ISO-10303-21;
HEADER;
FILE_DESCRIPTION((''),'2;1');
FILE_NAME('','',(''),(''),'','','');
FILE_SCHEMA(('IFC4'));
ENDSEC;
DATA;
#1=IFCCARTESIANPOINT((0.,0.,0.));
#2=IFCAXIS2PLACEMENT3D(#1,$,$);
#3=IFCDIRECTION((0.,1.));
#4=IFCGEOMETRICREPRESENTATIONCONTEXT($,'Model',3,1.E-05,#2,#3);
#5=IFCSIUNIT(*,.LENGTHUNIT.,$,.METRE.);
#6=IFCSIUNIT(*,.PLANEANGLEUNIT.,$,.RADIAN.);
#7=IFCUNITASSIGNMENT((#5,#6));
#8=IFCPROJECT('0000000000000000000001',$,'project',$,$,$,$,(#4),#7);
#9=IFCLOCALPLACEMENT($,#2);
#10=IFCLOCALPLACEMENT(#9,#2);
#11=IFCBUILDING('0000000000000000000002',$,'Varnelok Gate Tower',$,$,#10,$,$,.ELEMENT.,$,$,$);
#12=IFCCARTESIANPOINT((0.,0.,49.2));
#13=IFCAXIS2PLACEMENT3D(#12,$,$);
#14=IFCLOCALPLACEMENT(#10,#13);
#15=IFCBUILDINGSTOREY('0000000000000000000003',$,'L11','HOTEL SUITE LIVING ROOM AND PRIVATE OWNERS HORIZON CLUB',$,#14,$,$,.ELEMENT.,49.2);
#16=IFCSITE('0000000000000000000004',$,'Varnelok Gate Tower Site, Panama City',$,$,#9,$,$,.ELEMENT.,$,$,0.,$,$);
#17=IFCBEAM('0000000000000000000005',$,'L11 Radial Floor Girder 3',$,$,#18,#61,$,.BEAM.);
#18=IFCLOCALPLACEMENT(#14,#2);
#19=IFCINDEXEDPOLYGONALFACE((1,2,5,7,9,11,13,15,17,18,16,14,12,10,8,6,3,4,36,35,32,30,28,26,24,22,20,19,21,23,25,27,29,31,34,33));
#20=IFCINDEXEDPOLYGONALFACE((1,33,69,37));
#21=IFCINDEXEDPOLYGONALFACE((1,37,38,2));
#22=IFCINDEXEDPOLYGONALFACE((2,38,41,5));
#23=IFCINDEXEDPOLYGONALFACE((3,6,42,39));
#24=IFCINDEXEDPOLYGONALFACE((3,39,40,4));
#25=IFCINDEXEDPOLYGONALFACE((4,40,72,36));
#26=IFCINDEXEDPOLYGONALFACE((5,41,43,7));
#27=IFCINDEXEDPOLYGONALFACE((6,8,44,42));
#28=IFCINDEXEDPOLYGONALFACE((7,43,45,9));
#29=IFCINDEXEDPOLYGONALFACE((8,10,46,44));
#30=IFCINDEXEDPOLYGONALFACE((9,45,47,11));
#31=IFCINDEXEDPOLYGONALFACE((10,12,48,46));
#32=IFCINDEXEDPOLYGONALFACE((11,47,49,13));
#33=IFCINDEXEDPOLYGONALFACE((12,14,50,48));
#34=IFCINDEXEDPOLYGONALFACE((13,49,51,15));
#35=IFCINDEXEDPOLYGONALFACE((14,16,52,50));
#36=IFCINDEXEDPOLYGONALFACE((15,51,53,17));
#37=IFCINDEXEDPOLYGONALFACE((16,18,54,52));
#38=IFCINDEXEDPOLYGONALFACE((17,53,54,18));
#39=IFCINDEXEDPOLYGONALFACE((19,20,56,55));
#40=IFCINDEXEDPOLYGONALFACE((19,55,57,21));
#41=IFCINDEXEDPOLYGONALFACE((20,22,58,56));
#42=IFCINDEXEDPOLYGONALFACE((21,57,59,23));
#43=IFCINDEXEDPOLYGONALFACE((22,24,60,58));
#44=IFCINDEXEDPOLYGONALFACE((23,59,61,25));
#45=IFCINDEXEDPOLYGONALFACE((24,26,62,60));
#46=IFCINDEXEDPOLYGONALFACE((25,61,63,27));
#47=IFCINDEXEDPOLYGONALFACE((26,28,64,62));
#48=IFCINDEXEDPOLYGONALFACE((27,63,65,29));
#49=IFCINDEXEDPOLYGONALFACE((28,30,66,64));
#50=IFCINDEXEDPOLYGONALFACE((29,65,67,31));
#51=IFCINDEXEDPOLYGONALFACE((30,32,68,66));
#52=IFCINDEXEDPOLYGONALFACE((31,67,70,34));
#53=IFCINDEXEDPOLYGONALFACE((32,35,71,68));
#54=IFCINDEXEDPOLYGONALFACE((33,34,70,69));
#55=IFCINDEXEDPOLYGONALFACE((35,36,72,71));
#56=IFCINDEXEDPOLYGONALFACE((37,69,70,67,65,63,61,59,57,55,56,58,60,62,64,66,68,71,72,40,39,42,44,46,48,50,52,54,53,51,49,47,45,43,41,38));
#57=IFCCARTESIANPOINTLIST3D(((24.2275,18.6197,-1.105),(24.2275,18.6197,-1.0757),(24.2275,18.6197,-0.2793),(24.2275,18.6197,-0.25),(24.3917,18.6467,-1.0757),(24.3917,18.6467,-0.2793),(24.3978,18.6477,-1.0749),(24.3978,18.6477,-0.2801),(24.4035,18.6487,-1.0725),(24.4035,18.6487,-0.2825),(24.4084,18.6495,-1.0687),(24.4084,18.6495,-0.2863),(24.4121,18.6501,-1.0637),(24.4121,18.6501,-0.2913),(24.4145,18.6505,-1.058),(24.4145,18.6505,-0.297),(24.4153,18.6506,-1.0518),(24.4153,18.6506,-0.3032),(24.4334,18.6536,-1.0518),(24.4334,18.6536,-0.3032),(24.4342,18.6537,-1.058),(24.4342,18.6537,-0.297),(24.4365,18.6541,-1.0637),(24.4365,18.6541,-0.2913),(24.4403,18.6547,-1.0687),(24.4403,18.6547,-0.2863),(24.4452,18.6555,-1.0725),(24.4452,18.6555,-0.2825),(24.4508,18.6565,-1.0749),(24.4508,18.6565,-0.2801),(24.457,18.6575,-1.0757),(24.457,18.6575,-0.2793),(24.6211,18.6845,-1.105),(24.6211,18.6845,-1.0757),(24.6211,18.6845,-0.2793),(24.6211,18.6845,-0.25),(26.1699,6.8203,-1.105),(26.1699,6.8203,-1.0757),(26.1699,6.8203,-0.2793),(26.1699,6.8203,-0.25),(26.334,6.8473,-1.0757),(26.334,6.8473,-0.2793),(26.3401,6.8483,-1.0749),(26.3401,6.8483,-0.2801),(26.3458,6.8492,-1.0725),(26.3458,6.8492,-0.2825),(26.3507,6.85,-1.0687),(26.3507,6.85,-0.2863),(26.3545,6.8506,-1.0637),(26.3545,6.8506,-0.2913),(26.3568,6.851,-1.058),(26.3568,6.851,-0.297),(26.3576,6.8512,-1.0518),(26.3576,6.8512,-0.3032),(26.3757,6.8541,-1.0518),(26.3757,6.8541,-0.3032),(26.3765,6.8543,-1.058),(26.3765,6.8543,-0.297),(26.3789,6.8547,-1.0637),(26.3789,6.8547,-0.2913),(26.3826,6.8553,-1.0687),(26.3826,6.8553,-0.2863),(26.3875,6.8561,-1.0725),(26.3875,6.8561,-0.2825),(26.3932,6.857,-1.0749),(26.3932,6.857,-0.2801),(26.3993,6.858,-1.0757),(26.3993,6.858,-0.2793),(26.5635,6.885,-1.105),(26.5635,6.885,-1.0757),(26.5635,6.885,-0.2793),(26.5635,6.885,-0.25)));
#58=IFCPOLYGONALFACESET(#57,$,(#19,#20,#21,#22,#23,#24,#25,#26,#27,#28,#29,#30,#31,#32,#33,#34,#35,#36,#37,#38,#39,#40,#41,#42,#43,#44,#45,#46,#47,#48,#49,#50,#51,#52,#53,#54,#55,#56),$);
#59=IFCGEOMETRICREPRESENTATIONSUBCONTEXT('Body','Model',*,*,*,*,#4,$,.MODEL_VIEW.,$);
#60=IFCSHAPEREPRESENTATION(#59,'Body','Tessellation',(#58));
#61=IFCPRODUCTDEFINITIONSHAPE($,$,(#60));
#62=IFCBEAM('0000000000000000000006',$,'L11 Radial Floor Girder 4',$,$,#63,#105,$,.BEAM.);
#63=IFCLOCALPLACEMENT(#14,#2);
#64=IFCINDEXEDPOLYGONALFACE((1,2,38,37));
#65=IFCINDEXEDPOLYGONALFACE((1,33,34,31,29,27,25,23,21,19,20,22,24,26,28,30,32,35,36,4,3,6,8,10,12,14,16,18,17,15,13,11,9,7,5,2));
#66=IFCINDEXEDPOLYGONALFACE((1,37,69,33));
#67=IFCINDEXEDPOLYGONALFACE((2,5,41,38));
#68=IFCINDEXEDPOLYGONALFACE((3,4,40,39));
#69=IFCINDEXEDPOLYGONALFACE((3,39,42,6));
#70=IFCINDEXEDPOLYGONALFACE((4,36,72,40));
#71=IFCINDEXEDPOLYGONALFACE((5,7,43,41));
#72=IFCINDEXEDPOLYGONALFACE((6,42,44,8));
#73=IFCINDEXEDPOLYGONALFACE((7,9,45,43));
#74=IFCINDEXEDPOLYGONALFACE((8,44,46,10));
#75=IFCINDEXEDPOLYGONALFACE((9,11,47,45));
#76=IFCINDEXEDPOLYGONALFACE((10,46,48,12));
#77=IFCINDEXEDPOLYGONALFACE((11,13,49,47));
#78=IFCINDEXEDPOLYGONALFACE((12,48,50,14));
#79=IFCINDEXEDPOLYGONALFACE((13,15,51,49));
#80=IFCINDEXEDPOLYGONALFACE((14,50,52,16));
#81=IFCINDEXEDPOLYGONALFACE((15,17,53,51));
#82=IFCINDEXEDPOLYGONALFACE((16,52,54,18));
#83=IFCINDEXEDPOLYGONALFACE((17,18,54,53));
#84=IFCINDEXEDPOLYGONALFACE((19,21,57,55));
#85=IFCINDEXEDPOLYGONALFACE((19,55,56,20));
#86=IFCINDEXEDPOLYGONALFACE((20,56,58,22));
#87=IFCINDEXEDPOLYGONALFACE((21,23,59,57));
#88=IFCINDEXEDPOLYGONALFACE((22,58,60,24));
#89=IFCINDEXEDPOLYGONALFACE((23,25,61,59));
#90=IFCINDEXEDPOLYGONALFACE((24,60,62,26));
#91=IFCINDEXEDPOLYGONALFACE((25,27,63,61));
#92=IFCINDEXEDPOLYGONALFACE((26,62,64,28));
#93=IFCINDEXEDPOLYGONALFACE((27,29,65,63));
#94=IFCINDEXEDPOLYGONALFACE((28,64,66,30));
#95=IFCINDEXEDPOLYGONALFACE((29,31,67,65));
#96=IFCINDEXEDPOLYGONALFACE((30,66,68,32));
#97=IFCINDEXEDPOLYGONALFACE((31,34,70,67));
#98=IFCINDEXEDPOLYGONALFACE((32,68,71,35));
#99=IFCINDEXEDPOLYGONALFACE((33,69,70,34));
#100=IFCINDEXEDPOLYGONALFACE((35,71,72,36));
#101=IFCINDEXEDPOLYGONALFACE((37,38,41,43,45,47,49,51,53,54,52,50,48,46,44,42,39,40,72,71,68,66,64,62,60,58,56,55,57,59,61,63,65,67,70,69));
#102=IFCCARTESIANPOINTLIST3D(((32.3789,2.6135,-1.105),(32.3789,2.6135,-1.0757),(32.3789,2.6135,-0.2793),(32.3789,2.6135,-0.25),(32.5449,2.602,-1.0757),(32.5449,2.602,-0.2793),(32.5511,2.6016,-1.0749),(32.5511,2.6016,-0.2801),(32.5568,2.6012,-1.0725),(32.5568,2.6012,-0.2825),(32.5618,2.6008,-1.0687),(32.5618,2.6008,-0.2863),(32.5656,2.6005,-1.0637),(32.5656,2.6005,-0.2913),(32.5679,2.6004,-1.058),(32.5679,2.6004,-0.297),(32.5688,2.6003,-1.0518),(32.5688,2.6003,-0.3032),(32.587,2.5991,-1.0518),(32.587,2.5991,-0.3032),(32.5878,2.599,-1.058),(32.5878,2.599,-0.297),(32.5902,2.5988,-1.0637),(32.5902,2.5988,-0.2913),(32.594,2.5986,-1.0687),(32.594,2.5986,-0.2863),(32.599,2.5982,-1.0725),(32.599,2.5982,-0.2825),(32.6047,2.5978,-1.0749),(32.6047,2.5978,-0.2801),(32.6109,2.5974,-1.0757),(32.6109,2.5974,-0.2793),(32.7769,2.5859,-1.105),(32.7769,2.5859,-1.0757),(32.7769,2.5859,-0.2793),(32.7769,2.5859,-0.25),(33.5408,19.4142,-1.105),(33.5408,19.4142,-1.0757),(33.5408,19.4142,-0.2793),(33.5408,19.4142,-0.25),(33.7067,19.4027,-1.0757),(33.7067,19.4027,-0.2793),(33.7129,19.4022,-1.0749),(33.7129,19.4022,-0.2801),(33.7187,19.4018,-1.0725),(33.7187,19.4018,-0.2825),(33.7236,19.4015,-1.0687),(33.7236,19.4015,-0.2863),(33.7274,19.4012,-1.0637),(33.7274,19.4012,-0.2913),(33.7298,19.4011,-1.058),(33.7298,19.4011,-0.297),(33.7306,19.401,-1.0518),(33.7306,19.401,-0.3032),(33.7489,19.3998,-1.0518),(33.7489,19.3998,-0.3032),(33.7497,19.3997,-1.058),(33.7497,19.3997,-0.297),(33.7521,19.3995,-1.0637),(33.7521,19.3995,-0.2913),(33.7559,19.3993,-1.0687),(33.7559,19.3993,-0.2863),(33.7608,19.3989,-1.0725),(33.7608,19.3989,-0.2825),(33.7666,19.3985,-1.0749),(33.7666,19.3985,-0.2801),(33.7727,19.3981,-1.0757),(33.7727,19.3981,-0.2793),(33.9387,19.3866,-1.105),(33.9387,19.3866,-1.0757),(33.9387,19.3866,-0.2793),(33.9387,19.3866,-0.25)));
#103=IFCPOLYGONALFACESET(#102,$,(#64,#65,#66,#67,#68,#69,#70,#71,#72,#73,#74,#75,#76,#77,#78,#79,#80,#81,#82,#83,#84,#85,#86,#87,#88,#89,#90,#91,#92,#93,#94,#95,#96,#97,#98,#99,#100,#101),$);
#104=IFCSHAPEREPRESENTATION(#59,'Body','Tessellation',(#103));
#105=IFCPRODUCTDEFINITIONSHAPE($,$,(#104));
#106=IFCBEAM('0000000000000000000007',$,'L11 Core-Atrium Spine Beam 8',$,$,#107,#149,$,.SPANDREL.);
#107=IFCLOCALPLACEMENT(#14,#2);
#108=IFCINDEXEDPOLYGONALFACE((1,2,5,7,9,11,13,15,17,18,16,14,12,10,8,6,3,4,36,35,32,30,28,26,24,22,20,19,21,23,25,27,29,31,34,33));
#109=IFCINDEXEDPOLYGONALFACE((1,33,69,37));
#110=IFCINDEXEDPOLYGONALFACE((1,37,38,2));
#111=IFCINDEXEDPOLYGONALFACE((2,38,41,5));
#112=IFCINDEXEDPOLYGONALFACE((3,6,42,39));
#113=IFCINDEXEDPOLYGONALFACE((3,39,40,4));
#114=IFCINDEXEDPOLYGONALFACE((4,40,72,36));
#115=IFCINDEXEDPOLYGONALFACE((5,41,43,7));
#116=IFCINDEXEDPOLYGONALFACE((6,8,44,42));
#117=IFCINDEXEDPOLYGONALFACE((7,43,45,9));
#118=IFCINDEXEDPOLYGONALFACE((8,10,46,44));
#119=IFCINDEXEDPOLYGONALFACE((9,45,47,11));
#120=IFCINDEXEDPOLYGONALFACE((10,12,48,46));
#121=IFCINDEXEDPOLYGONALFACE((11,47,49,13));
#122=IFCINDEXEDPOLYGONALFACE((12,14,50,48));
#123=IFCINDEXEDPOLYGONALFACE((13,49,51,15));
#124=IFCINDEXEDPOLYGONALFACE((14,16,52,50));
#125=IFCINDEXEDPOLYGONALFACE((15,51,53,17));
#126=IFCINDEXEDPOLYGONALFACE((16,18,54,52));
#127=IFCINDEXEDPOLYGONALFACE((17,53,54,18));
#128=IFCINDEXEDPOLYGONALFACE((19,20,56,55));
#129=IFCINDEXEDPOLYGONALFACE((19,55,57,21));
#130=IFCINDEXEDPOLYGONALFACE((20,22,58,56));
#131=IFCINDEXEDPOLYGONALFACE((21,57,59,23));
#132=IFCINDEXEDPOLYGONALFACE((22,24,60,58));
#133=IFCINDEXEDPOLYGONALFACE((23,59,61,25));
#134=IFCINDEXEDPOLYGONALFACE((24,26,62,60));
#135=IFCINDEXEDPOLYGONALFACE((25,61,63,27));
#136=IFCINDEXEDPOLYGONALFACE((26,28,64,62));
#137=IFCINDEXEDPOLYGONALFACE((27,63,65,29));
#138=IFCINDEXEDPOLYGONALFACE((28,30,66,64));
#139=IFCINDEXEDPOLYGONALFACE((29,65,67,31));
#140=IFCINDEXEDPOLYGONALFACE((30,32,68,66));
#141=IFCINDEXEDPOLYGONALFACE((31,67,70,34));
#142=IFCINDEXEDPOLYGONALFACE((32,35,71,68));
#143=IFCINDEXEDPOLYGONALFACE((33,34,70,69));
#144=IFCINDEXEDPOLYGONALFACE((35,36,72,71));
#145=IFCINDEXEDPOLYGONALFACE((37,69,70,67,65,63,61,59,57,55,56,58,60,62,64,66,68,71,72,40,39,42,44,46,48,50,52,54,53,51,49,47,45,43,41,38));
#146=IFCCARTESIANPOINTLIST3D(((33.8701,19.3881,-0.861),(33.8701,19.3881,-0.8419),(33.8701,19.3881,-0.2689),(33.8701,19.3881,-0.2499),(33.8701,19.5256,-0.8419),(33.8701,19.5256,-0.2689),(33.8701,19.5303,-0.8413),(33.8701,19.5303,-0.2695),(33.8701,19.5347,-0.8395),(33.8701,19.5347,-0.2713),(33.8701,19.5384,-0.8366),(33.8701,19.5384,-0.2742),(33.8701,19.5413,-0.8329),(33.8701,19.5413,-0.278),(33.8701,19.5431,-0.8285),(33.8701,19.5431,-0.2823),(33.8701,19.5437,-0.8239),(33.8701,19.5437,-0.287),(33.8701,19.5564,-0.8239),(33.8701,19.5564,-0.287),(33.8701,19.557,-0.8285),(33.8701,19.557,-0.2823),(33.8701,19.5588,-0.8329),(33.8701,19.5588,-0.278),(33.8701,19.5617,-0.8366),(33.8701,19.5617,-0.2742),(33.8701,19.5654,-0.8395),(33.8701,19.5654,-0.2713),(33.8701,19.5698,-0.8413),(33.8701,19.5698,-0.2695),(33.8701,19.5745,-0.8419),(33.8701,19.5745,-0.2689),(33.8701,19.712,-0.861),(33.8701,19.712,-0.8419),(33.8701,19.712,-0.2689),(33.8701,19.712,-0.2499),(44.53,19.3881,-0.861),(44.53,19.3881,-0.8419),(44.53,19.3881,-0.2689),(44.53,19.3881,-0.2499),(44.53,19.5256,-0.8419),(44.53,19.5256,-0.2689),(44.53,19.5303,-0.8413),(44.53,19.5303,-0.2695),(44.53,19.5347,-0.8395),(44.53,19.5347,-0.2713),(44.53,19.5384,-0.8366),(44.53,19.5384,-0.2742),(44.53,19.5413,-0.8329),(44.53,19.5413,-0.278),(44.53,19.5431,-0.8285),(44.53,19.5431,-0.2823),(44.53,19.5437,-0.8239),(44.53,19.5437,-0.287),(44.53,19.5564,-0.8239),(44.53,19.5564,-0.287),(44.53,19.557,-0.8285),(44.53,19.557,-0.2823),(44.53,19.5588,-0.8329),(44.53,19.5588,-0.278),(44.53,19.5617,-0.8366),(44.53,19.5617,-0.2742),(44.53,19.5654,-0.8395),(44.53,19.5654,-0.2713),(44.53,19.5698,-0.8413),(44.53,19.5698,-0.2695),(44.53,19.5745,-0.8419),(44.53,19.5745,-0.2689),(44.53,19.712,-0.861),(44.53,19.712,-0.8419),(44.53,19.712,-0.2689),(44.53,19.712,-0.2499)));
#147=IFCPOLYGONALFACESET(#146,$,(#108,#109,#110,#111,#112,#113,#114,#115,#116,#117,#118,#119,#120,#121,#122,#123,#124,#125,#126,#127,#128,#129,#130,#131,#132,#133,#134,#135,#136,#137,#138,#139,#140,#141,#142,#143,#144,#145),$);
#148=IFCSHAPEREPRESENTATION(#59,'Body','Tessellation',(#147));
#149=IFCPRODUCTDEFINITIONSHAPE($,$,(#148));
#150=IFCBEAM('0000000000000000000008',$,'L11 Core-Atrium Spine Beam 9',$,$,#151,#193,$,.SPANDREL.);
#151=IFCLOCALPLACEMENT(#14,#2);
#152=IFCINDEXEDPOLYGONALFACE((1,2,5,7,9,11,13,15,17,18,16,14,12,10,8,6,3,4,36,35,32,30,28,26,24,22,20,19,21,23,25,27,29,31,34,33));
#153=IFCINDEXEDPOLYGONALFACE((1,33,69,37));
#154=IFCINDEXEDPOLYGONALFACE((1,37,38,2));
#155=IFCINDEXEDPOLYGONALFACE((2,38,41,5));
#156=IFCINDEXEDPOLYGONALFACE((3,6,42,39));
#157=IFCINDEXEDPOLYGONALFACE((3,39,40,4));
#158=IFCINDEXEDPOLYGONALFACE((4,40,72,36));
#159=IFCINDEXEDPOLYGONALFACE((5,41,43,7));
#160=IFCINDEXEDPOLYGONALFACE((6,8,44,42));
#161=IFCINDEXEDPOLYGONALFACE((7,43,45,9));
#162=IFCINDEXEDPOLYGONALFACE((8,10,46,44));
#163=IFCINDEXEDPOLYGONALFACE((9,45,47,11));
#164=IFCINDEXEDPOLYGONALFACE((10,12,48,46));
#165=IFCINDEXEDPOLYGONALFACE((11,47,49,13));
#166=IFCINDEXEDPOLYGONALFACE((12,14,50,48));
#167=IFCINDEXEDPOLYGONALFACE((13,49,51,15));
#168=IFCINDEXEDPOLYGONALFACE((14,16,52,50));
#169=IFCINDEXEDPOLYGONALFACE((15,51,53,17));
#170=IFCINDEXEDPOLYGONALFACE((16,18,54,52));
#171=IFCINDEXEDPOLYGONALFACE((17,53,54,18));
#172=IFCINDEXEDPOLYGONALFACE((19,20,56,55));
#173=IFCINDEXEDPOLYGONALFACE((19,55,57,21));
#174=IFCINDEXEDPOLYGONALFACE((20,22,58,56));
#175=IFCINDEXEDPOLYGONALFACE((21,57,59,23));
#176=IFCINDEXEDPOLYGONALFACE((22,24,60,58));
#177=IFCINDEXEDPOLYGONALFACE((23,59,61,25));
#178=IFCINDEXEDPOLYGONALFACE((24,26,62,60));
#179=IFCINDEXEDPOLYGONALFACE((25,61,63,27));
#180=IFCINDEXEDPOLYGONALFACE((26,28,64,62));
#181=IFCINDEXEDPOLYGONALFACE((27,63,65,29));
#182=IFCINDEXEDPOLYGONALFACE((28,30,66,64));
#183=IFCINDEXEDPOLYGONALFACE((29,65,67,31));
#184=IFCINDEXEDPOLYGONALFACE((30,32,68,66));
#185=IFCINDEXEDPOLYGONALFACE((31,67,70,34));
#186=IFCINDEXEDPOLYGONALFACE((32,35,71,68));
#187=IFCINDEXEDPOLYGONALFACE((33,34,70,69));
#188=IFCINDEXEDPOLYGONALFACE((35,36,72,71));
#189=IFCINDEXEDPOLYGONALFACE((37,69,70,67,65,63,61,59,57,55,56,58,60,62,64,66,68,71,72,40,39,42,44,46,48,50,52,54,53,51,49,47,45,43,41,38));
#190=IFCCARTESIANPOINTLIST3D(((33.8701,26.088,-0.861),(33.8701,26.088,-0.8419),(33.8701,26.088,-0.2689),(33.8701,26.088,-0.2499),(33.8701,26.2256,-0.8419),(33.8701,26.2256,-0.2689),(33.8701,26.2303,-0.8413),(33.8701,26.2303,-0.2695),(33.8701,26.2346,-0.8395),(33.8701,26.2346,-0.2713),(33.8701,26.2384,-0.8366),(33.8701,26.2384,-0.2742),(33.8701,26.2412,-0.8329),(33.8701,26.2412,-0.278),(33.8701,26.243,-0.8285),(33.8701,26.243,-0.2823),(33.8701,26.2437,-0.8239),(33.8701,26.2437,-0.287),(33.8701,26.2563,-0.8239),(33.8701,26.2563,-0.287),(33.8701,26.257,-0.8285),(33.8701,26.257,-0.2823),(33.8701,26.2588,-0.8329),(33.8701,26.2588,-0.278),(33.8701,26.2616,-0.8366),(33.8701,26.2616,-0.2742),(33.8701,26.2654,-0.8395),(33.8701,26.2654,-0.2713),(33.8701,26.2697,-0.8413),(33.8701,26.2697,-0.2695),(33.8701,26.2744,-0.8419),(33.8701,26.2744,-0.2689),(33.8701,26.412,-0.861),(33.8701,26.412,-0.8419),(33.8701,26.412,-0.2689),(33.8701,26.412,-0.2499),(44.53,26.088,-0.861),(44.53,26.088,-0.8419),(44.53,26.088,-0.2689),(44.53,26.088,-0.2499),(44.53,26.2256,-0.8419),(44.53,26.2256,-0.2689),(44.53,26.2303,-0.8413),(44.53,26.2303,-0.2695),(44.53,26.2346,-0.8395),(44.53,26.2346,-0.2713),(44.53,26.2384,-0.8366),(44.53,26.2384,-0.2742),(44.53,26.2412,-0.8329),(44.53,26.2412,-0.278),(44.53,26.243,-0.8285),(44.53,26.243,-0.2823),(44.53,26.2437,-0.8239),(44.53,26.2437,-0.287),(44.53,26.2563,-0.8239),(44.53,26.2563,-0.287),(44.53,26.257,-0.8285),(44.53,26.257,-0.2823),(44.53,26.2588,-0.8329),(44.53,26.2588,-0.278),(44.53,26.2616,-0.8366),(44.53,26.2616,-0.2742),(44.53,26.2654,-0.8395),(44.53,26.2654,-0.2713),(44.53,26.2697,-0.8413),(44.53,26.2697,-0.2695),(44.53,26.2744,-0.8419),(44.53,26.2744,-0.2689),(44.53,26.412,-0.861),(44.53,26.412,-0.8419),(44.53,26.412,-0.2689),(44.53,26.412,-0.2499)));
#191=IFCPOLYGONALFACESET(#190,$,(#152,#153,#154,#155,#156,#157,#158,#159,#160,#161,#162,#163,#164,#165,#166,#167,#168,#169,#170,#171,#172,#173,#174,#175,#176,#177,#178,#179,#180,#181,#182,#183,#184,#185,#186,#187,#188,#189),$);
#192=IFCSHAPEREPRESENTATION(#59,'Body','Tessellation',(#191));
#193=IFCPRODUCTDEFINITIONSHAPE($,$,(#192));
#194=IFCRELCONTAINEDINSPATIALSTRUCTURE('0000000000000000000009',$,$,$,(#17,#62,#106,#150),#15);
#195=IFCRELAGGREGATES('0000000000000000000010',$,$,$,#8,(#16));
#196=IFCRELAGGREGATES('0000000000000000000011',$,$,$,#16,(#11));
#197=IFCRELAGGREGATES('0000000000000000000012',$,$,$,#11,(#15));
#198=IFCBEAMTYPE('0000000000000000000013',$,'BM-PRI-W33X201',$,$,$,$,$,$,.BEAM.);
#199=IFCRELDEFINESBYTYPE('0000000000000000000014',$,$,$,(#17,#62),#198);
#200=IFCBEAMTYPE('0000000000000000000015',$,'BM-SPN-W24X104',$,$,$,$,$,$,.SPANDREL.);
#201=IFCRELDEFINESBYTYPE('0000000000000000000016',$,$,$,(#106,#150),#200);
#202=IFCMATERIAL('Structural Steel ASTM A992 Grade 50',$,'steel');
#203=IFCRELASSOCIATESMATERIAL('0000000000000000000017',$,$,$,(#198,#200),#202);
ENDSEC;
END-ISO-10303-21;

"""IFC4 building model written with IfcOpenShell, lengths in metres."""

from ifc_helpers import new_model, si_unit, direction, frame, origin, origin_2d, place, context, subcontext, project, spatial, i_section, extrude, material, material_profile, profile_set, type_object, element, save


model = new_model("IFC4")

# Units and contexts
model_context = context("Model", 3, precision=1e-05, world=origin(), true_north=direction((0.0, 1.0)))
body_context = subcontext(model_context, "Body", "Model", "MODEL_VIEW")
ifc_project = project(units=[si_unit("LENGTHUNIT", "METRE"), si_unit("PLANEANGLEUNIT", "RADIAN")], contexts=[model_context])

# Site, building, storey
site_placement = place(None, origin())
site = spatial("IfcSite", under=ifc_project, at=site_placement, Name="Varnelok Gate Tower Site, Panama City", CompositionType="ELEMENT", RefElevation=0.0)
building_placement = place(site_placement, origin())
building = spatial("IfcBuilding", under=site, at=building_placement, Name="Varnelok Gate Tower", CompositionType="ELEMENT")
storey_placement = place(building_placement, frame((0.0, 0.0, 49.2)))
storey = spatial("IfcBuildingStorey", under=building, at=storey_placement, Name="L11", Description="HOTEL SUITE LIVING ROOM AND PRIVATE OWNERS HORIZON CLUB", CompositionType="ELEMENT", Elevation=49.2)

# Shared definitions
ifc_material_1 = material(Name="Structural Steel ASTM A992 Grade 50", Category="steel")

# Beams
ifc_material_profile_1 = material_profile(ifc_material_1, i_section(OverallWidth=0.3989, OverallDepth=0.855, WebThickness=0.0183, FlangeThickness=0.0293, FilletRadius=0.0239, at=origin_2d()), Name="W33X201")
ifc_profile_set_1 = profile_set([ifc_material_profile_1], Name="Structural Steel ASTM A992 Grade 50")
beam_type_1 = type_object("IfcBeamType", Name="BM-PRI-W33X201", PredefinedType="BEAM", material=ifc_profile_set_1)
beam_1_placement = place(storey_placement, frame((24.4243, 18.6521, -0.6775), z_axis=(0.162429, -0.98672, 0.0), x_axis=(0.98672, 0.162429, 0.0)))
element("IfcBeam", 1, at=beam_1_placement, inside=storey, type_object=beam_type_1, Name="L11 Radial Floor Girder 3", PredefinedType="BEAM", context=body_context, shape_type="SweptSolid", body=[
    extrude(i_section(OverallWidth=0.3989, OverallDepth=0.855, WebThickness=0.0183, FlangeThickness=0.0293, FilletRadius=0.0239, at=origin_2d()), origin(), (0.0, 0.0, 1.0), 11.9583),
])
beam_2_placement = place(storey_placement, frame((33.7397, 19.4004, -0.6775), z_axis=(-0.068991, -0.997617, 0.0), x_axis=(0.997617, -0.068991, 0.0)))
element("IfcBeam", 2, at=beam_2_placement, inside=storey, type_object=beam_type_1, Name="L11 Radial Floor Girder 4", PredefinedType="BEAM", context=body_context, shape_type="SweptSolid", body=[
    extrude(i_section(OverallWidth=0.3989, OverallDepth=0.855, WebThickness=0.0183, FlangeThickness=0.0293, FilletRadius=0.0239, at=origin_2d()), origin(), (0.0, 0.0, 1.0), 16.8408),
])
ifc_material_profile_2 = material_profile(ifc_material_1, i_section(OverallWidth=0.324, OverallDepth=0.6111, WebThickness=0.0127, FlangeThickness=0.019, FilletRadius=0.0181, at=origin_2d()), Name="W24X104")
ifc_profile_set_2 = profile_set([ifc_material_profile_2], Name="Structural Steel ASTM A992 Grade 50")
beam_type_2 = type_object("IfcBeamType", Name="BM-SPN-W24X104", PredefinedType="SPANDREL", material=ifc_profile_set_2)
for number, where, z_axis, x_axis, name in (
    (3, (33.8701, 19.55, -0.5554), (1.0, 0.0, 0.0), (0.0, 1.0, 0.0), "L11 Core-Atrium Spine Beam 8"),
    (4, (33.8701, 26.25, -0.5554), (1.0, 0.0, 0.0), (0.0, 1.0, 0.0), "L11 Core-Atrium Spine Beam 9"),
):
    element("IfcBeam", number, at=place(storey_placement, frame(where, z_axis=z_axis, x_axis=x_axis)), inside=storey, type_object=beam_type_2, Name=name, PredefinedType="SPANDREL", context=body_context, shape_type="SweptSolid", body=[
        extrude(i_section(OverallWidth=0.324, OverallDepth=0.6111, WebThickness=0.0127, FlangeThickness=0.019, FilletRadius=0.0181, at=origin_2d()), origin(), (0.0, 0.0, 1.0), 10.6599),
    ])

save(model, "model.ifc")
